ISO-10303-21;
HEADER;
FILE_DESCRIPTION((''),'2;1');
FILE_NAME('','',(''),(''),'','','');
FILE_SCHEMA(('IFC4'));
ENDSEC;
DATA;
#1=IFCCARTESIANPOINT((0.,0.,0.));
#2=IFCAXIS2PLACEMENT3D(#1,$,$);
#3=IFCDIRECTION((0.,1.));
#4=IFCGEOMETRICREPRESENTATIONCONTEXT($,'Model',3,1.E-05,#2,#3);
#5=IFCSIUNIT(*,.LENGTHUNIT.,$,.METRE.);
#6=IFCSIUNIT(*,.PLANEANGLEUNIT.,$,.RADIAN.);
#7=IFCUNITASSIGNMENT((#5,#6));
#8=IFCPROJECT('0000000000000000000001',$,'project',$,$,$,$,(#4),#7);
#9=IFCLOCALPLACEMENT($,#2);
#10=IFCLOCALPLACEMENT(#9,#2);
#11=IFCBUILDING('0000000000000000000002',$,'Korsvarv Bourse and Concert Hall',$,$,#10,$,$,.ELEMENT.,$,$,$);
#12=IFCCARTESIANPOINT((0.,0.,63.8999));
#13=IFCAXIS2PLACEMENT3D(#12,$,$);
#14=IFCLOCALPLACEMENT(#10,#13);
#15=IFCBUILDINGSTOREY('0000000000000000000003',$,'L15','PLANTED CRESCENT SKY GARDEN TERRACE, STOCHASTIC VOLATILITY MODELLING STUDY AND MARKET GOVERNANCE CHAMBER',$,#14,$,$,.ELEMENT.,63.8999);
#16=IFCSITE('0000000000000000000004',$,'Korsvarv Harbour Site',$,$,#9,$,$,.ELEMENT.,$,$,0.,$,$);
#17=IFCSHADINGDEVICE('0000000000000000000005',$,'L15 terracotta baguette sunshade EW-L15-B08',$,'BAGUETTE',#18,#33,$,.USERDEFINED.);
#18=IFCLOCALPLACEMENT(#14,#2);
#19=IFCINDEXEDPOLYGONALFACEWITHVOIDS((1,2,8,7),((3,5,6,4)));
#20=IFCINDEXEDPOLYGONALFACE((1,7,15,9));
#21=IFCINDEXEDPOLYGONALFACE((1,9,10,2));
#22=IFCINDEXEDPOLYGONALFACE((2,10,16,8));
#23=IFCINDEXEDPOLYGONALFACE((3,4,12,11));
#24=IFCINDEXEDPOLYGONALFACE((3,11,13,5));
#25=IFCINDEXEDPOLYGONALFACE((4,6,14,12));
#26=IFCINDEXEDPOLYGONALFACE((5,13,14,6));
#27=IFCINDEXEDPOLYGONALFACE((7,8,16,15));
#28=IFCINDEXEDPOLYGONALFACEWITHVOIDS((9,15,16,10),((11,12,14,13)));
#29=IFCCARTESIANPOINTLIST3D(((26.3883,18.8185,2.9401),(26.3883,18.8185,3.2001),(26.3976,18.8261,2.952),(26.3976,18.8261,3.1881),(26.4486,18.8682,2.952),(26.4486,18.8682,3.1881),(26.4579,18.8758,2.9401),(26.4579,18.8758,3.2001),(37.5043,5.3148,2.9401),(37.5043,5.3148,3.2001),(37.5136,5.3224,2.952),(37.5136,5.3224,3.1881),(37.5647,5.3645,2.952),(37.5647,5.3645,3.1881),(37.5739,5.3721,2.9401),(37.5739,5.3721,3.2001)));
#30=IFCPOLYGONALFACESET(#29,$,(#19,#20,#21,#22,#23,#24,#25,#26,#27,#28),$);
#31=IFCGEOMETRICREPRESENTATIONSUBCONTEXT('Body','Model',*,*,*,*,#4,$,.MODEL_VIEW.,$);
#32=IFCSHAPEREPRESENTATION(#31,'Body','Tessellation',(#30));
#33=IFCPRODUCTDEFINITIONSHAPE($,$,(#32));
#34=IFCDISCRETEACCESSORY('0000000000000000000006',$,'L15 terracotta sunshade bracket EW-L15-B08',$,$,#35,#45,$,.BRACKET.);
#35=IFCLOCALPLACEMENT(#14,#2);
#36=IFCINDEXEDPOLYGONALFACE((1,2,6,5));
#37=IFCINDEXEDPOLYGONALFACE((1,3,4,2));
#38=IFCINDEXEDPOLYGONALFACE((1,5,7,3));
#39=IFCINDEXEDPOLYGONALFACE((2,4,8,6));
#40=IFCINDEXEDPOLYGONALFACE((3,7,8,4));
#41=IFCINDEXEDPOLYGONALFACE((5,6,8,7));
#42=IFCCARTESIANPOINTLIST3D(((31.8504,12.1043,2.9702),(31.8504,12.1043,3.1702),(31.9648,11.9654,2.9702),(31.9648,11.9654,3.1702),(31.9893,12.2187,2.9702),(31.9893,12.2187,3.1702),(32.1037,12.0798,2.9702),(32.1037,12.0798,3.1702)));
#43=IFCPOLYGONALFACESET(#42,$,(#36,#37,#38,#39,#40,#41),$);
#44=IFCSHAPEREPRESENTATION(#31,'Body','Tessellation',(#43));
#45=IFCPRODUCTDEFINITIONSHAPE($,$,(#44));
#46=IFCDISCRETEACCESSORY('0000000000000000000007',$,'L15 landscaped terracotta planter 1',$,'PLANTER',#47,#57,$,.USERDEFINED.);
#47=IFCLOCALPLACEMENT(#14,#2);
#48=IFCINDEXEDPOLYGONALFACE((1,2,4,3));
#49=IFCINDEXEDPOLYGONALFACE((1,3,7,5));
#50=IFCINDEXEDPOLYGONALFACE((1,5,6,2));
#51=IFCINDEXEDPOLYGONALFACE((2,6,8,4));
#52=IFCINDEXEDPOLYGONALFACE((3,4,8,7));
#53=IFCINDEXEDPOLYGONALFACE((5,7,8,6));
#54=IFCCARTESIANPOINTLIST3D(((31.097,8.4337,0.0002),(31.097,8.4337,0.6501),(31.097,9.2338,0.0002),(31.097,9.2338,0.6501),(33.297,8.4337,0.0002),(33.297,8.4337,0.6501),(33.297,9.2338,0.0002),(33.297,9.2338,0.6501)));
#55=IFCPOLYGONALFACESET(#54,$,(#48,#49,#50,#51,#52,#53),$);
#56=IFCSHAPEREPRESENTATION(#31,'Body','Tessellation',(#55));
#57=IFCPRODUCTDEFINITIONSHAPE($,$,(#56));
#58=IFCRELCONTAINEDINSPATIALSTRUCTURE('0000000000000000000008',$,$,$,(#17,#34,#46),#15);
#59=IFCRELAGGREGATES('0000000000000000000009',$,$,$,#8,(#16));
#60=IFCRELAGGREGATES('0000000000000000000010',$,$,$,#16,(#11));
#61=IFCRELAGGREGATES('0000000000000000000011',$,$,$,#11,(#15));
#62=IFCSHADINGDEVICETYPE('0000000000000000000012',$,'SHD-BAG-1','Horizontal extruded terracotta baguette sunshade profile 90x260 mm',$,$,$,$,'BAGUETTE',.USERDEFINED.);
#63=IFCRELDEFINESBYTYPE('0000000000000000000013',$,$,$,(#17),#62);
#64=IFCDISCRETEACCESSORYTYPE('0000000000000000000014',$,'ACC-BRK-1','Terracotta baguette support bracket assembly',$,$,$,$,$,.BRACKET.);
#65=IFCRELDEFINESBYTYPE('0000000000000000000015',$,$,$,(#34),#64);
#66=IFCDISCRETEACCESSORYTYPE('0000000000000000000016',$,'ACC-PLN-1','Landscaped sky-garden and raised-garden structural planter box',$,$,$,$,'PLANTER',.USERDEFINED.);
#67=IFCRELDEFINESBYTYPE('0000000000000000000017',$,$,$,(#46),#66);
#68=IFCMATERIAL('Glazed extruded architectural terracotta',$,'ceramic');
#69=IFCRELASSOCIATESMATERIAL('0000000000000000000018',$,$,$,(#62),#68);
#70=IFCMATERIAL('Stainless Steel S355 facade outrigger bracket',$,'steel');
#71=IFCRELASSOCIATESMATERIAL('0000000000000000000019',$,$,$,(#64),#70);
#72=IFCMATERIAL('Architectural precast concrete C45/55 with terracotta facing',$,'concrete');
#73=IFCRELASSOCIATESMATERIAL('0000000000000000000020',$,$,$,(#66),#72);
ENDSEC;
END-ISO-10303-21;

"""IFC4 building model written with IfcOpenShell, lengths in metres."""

from ifc_helpers import new_model, si_unit, direction, frame, origin, origin_2d, place, context, subcontext, project, spatial, rectangle, hollow_rectangle, extrude, source, transform, mapped, material, material_profile, profile_set, type_object, element, save


model = new_model("IFC4")

# Units and contexts
model_context = context("Model", 3, precision=1e-05, world=origin(), true_north=direction((0.0, 1.0)))
body_context = subcontext(model_context, "Body", "Model", "MODEL_VIEW")
ifc_project = project(units=[si_unit("LENGTHUNIT", "METRE"), si_unit("PLANEANGLEUNIT", "RADIAN")], contexts=[model_context])

# Site, building, storey
site_placement = place(None, origin())
site = spatial("IfcSite", under=ifc_project, at=site_placement, Name="Korsvarv Harbour Site", CompositionType="ELEMENT", RefElevation=0.0)
building_placement = place(site_placement, origin())
building = spatial("IfcBuilding", under=site, at=building_placement, Name="Korsvarv Bourse and Concert Hall", CompositionType="ELEMENT")
storey_placement = place(building_placement, frame((0.0, 0.0, 63.8999)))
storey = spatial("IfcBuildingStorey", under=building, at=storey_placement, Name="L15", Description="PLANTED CRESCENT SKY GARDEN TERRACE, STOCHASTIC VOLATILITY MODELLING STUDY AND MARKET GOVERNANCE CHAMBER", CompositionType="ELEMENT", Elevation=63.8999)

# Shading device
ifc_material_1 = material(Name="Glazed extruded architectural terracotta", Category="ceramic")
ifc_material_profile_1 = material_profile(ifc_material_1, hollow_rectangle(XDim=0.0901, YDim=0.26, WallThickness=0.012, at=origin_2d()), Name="TC-BAG 90x260")
ifc_profile_set_1 = profile_set([ifc_material_profile_1], Name="Glazed extruded architectural terracotta")
shading_device_type = type_object("IfcShadingDeviceType", Name="SHD-BAG-1", Description="Horizontal extruded terracotta baguette sunshade profile 90x260 mm", ElementType="BAGUETTE", PredefinedType="USERDEFINED", material=ifc_profile_set_1)
shared_shape_1 = source(origin(), body_context, "Body", "SweptSolid", [
    extrude(hollow_rectangle(XDim=0.0901, YDim=0.26, WallThickness=0.012, at=origin_2d()), origin(), (0.0, 0.0, 1.0), 17.4905),
])
shading_device_placement = place(storey_placement, frame((26.4231, 18.8472, 3.0701), z_axis=(0.635547, -0.772062, 0.0), x_axis=(0.772062, 0.635547, 0.0)))
element("IfcShadingDevice", 1, at=shading_device_placement, inside=storey, type_object=shading_device_type, Name="L15 terracotta baguette sunshade EW-L15-B08", ObjectType="BAGUETTE", PredefinedType="USERDEFINED", context=body_context, shape_type="MappedRepresentation", body=[
    mapped(shared_shape_1, transform((0.0, 0.0, 0.0), scale=1.0)),
])

# Discrete accessories
ifc_material_2 = material(Name="Stainless Steel S355 facade outrigger bracket", Category="steel")
discrete_accessory_type_1 = type_object("IfcDiscreteAccessoryType", Name="ACC-BRK-1", Description="Terracotta baguette support bracket assembly", PredefinedType="BRACKET", material=ifc_material_2)
shared_shape_2 = source(origin(), body_context, "Body", "SweptSolid", [
    extrude(rectangle(XDim=0.1799, YDim=0.1799, at=origin_2d()), origin(), (0.0, 0.0, 1.0), 0.2),
])
discrete_accessory_1_placement = place(storey_placement, frame((31.9771, 12.092, 2.9702), z_axis=(0.0, 0.0, 1.0), x_axis=(0.635539, -0.772068, 0.0)))
element("IfcDiscreteAccessory", 2, at=discrete_accessory_1_placement, inside=storey, type_object=discrete_accessory_type_1, Name="L15 terracotta sunshade bracket EW-L15-B08", PredefinedType="BRACKET", context=body_context, shape_type="MappedRepresentation", body=[
    mapped(shared_shape_2, transform((0.0, 0.0, 0.0), scale=1.0)),
])
ifc_material_3 = material(Name="Architectural precast concrete C45/55 with terracotta facing", Category="concrete")
discrete_accessory_type_2 = type_object("IfcDiscreteAccessoryType", Name="ACC-PLN-1", Description="Landscaped sky-garden and raised-garden structural planter box", ElementType="PLANTER", PredefinedType="USERDEFINED", material=ifc_material_3)
shared_shape_3 = source(origin(), body_context, "Body", "SweptSolid", [
    extrude(rectangle(XDim=2.2, YDim=0.8, at=origin_2d()), origin(), (0.0, 0.0, 1.0), 0.6499),
])
discrete_accessory_2_placement = place(storey_placement, frame((32.197, 8.8337, 0.0002), z_axis=(0.0, 0.0, 1.0), x_axis=(1.0, 0.0, 0.0)))
element("IfcDiscreteAccessory", 3, at=discrete_accessory_2_placement, inside=storey, type_object=discrete_accessory_type_2, Name="L15 landscaped terracotta planter 1", ObjectType="PLANTER", PredefinedType="USERDEFINED", context=body_context, shape_type="MappedRepresentation", body=[
    mapped(shared_shape_3, transform((0.0, 0.0, 0.0), scale=1.0)),
])

save(model, "model.ifc")
